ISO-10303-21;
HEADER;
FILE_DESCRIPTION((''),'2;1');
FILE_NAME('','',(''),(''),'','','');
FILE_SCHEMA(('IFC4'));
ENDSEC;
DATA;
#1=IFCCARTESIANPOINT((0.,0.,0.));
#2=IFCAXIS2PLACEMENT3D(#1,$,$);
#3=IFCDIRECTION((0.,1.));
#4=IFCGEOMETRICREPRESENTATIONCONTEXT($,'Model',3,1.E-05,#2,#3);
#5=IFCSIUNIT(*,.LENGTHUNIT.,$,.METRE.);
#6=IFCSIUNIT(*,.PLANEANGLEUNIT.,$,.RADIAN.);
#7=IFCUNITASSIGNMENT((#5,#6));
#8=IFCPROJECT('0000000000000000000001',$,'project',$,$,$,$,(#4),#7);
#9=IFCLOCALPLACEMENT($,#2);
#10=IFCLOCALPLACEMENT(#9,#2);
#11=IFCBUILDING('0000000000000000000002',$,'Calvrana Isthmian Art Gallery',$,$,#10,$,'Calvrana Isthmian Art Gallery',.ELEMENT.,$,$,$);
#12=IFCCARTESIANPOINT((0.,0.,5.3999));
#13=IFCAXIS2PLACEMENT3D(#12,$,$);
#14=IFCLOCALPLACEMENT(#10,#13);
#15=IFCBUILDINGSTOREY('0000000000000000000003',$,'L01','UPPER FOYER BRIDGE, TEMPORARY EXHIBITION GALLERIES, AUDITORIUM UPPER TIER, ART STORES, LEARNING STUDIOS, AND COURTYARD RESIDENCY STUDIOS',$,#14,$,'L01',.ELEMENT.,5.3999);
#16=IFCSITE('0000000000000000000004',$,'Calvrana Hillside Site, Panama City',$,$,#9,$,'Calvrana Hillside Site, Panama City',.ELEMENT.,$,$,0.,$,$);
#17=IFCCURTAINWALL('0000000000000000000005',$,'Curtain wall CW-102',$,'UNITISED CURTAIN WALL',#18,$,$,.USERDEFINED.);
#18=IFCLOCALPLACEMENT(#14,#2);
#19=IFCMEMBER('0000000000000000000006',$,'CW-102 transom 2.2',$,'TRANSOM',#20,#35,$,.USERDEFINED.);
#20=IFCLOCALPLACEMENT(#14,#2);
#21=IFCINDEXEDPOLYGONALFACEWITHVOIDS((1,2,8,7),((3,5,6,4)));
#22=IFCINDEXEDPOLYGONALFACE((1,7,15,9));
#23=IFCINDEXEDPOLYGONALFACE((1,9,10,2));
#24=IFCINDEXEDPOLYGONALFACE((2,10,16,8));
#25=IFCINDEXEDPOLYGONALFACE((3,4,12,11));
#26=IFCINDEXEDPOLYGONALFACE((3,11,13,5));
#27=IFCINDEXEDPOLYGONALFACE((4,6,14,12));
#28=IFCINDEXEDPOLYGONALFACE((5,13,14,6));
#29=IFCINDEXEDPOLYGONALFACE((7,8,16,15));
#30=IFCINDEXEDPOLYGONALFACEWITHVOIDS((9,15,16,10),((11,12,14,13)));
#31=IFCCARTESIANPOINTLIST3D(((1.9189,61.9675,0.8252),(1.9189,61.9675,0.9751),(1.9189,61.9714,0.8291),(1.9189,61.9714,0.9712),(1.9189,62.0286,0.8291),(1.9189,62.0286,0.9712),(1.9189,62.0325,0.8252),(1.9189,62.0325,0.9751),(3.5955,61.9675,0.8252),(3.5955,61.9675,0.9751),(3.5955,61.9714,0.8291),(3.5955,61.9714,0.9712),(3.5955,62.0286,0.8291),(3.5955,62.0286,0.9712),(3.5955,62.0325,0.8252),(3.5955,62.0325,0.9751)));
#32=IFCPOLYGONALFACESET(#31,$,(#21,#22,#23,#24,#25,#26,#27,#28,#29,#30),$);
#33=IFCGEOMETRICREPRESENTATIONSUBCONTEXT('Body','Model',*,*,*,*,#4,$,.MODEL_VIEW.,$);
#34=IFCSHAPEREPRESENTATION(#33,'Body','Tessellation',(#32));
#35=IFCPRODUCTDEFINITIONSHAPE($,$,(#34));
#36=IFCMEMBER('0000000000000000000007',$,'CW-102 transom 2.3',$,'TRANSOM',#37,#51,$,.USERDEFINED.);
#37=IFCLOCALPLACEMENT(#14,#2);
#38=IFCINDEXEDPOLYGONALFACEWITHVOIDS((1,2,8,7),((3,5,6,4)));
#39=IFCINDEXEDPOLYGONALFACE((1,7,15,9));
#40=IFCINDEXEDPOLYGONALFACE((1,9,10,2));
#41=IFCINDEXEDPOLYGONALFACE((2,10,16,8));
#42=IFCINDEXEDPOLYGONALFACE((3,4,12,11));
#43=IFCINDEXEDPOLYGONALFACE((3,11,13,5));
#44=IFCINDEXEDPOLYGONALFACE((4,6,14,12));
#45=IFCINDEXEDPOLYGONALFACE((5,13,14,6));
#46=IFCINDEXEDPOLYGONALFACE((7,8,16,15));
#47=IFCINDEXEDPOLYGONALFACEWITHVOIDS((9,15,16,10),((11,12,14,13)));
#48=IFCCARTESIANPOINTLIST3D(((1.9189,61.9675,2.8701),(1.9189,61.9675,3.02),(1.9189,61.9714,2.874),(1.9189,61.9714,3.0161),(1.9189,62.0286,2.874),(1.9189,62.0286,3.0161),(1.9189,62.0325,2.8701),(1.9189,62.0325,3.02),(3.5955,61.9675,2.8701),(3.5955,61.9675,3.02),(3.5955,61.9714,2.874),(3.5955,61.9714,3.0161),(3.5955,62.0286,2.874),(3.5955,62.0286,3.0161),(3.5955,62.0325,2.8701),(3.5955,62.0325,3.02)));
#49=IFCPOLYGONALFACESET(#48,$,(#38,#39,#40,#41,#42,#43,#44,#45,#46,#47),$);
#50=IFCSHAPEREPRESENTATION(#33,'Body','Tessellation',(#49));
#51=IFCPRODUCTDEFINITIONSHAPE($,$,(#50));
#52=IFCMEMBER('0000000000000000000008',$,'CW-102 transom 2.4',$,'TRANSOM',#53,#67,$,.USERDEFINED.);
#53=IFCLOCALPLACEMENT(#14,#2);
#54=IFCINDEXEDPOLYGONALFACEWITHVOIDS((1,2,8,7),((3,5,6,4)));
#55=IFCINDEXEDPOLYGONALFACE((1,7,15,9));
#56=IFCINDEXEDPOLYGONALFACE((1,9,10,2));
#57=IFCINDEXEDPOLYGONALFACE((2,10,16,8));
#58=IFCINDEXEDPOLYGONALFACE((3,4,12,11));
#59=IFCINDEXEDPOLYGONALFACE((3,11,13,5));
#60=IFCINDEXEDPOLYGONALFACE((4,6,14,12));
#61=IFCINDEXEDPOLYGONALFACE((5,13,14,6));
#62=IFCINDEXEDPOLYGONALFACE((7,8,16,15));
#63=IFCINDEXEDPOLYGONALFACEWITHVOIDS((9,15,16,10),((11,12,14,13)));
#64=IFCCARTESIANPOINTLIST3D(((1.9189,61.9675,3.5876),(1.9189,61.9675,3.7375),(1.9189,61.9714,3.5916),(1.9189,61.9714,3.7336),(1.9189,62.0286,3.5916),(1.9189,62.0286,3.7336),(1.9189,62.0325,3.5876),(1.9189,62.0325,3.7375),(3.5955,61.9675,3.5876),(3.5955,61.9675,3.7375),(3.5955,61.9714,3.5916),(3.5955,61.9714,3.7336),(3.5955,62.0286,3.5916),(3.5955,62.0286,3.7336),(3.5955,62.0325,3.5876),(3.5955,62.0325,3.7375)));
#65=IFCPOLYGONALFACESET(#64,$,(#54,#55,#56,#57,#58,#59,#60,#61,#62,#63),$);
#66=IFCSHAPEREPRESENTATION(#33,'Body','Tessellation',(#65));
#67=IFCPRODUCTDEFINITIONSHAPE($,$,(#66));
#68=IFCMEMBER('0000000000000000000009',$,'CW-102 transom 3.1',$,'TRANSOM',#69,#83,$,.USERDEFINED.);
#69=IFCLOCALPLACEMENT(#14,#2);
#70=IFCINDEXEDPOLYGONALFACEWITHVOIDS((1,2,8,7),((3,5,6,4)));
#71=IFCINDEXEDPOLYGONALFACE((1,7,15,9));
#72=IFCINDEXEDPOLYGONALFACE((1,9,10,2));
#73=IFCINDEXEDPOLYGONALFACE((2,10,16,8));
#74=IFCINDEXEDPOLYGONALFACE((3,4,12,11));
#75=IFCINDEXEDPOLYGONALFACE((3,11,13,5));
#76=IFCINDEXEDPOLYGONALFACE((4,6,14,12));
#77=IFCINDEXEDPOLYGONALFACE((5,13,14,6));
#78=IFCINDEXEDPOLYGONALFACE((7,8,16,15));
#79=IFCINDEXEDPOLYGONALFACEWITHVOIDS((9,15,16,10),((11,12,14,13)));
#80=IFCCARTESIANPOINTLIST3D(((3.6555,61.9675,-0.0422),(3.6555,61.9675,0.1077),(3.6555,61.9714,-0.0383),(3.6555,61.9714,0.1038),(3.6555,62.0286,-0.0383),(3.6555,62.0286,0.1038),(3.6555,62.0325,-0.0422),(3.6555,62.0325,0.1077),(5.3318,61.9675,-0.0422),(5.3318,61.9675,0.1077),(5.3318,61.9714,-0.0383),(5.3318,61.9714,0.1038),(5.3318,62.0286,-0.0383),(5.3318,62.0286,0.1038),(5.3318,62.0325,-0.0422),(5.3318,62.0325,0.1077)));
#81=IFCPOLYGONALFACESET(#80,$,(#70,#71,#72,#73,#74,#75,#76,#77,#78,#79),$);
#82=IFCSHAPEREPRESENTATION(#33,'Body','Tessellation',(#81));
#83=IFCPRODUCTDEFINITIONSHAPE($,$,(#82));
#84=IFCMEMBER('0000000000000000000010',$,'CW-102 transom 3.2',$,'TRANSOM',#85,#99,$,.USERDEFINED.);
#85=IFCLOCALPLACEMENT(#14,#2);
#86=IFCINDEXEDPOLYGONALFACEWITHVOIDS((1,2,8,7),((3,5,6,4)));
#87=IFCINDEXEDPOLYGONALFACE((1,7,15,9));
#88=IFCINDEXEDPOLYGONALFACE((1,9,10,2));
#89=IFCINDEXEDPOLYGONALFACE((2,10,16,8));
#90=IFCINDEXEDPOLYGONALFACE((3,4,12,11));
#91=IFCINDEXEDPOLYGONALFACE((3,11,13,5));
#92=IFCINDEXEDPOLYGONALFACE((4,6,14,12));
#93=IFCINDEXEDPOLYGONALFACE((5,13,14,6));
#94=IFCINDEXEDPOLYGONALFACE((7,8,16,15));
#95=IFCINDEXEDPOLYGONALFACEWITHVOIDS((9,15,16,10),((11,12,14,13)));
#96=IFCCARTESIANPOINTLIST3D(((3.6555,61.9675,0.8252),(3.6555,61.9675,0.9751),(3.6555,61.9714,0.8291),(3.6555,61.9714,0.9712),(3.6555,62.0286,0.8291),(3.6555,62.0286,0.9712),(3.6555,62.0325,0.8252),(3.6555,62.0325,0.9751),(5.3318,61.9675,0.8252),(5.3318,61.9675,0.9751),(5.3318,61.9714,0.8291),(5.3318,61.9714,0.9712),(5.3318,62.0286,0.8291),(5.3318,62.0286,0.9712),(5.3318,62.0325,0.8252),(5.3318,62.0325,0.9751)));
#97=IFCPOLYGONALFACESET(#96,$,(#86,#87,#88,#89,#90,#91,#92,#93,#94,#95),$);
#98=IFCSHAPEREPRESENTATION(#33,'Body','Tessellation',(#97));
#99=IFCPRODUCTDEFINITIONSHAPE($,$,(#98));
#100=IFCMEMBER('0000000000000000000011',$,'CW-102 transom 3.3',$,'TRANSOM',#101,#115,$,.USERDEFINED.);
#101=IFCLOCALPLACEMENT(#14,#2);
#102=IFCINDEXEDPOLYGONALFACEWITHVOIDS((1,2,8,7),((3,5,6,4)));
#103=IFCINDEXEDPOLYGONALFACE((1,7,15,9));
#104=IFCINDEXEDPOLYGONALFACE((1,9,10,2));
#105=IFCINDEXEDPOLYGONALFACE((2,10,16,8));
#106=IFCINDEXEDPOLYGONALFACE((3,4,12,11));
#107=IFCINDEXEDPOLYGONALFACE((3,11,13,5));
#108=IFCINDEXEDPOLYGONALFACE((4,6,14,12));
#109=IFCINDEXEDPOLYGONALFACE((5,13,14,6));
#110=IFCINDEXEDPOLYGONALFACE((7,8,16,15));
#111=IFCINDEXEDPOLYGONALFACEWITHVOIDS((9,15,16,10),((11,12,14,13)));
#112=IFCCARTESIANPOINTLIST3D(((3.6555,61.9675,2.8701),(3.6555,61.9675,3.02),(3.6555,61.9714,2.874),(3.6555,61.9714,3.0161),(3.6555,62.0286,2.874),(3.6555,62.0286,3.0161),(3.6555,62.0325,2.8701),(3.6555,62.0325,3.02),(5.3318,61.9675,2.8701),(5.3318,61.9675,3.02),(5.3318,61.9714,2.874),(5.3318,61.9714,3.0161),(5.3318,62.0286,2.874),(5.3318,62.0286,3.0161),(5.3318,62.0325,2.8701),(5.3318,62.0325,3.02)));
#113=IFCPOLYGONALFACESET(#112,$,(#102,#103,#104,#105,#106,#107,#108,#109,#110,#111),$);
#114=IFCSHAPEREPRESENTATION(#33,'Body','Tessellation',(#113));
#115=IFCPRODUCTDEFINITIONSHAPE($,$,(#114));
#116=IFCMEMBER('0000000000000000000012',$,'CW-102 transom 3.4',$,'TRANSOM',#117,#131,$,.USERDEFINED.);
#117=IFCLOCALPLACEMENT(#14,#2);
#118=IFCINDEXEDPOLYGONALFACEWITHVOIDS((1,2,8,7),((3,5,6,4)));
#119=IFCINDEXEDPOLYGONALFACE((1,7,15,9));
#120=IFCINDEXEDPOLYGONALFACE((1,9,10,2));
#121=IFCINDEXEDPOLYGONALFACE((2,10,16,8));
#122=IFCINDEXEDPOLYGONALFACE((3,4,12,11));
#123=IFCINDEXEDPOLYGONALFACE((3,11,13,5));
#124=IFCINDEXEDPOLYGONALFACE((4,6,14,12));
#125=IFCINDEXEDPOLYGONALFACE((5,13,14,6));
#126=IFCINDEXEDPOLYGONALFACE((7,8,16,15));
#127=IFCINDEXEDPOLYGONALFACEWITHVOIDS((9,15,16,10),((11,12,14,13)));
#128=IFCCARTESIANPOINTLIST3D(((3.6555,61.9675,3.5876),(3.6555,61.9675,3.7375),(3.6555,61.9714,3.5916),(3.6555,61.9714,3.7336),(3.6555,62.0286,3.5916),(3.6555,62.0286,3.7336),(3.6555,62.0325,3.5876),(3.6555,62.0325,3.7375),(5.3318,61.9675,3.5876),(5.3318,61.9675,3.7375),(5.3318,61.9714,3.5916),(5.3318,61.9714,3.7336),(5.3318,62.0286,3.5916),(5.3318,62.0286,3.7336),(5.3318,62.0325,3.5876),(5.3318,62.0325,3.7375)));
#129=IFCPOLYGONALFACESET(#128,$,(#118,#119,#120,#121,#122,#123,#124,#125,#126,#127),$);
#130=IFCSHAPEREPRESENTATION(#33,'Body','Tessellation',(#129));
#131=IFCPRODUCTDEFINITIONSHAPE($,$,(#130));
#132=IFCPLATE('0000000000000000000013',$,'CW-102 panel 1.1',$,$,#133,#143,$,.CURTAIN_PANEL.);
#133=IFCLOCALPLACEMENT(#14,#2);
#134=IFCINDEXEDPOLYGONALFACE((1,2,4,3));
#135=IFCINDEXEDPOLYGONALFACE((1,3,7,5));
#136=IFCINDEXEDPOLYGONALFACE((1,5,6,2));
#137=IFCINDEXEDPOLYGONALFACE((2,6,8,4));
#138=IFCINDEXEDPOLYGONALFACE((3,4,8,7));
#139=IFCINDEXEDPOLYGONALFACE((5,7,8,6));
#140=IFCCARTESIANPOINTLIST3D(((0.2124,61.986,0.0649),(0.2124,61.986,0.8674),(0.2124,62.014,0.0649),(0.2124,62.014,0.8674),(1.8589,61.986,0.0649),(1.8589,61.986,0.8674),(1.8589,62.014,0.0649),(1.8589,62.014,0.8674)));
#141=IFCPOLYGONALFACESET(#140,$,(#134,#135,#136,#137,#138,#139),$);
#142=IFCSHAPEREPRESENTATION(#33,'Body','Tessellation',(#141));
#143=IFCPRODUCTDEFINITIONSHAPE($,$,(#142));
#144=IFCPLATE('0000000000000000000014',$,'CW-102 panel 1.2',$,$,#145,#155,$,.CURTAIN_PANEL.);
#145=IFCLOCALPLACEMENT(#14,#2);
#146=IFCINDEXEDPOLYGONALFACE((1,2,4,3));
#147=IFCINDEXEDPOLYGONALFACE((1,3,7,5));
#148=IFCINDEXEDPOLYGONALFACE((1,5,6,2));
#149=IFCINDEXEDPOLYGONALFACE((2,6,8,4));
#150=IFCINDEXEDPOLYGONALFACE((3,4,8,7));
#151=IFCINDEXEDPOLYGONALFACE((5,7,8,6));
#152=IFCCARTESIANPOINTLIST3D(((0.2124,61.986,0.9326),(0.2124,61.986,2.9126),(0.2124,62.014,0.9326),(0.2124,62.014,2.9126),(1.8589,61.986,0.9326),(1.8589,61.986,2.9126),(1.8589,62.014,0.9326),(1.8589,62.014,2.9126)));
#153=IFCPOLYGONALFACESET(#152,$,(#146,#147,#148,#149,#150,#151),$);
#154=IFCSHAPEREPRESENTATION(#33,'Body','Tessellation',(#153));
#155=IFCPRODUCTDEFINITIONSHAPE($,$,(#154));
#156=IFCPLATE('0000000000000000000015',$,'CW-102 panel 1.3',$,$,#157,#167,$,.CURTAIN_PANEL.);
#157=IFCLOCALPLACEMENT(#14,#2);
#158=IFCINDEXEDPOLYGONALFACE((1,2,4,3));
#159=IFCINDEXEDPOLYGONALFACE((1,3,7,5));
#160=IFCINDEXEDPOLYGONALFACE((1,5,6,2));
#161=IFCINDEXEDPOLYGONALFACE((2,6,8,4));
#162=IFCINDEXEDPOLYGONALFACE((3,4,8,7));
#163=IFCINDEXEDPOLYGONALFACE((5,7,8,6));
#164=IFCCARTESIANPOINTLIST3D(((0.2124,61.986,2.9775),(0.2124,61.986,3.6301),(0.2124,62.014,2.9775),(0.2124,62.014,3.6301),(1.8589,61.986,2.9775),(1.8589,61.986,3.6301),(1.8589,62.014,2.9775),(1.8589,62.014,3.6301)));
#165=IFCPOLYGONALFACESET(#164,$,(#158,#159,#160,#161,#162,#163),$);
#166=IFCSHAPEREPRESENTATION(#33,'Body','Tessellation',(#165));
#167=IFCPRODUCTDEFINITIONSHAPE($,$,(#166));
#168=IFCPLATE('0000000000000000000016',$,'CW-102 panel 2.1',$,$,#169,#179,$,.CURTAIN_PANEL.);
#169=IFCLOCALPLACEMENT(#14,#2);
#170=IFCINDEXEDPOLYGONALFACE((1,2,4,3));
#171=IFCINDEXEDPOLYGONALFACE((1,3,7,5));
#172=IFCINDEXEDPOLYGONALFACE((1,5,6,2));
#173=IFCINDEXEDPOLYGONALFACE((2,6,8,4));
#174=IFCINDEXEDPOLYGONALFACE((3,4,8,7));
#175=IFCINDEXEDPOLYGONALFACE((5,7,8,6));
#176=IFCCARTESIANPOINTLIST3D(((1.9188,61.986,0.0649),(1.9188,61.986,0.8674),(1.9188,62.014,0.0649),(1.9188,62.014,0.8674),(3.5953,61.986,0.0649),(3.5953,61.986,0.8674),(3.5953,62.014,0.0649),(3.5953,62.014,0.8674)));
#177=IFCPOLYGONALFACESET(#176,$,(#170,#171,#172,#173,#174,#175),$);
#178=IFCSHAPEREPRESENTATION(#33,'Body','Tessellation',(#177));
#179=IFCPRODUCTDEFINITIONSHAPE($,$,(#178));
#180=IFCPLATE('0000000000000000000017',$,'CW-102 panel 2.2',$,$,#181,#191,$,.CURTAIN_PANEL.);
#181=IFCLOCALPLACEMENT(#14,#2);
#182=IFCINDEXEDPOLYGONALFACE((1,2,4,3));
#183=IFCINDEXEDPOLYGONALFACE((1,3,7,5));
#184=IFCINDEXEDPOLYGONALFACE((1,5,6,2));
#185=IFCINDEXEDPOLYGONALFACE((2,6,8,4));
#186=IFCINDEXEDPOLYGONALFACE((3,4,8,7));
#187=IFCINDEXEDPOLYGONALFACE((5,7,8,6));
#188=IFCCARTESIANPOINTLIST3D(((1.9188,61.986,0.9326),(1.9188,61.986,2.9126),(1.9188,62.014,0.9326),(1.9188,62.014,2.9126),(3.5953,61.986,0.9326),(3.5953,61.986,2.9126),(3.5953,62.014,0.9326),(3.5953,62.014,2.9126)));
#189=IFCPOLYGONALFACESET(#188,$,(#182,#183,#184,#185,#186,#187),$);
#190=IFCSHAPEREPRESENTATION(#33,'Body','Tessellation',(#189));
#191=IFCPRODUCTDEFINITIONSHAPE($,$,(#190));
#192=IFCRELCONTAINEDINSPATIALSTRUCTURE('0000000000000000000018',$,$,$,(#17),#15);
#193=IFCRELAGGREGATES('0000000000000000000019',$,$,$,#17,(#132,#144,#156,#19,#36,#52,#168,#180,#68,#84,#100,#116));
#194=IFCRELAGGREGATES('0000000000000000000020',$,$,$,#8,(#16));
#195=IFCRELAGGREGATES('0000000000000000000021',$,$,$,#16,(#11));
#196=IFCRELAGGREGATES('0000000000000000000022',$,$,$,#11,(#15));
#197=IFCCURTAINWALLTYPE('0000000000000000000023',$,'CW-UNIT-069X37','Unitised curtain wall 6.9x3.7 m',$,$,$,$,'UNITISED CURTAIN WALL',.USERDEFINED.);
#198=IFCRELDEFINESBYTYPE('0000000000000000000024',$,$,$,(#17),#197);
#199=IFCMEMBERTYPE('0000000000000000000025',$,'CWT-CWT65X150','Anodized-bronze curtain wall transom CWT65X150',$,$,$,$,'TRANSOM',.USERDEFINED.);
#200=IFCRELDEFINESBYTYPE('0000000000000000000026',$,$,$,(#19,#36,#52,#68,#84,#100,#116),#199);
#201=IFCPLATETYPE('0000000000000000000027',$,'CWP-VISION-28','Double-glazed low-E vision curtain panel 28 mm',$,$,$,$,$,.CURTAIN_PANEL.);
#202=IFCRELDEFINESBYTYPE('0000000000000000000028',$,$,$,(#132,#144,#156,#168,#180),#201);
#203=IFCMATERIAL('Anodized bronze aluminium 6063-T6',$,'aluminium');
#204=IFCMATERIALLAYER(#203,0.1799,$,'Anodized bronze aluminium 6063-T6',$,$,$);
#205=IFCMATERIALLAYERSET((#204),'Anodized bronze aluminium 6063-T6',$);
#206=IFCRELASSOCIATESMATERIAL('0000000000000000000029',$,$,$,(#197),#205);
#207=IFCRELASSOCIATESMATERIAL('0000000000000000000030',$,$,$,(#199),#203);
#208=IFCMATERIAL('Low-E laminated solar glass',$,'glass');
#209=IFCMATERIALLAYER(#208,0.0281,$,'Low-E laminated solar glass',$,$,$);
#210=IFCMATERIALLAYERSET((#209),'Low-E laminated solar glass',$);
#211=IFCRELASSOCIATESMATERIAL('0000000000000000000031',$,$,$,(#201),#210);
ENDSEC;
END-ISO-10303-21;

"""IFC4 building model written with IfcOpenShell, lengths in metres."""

from ifc_helpers import new_model, si_unit, direction, frame, origin, origin_2d, place, context, subcontext, project, spatial, rectangle, hollow_rectangle, extrude, material, layer, layer_set, material_profile, profile_set, type_object, element, aggregate, save


model = new_model("IFC4")

# Units and contexts
model_context = context("Model", 3, precision=1e-05, world=origin(), true_north=direction((0.0, 1.0)))
body_context = subcontext(model_context, "Body", "Model", "MODEL_VIEW")
ifc_project = project(units=[si_unit("LENGTHUNIT", "METRE"), si_unit("PLANEANGLEUNIT", "RADIAN")], contexts=[model_context])

# Site, building, storey
site_placement = place(None, origin())
site = spatial("IfcSite", under=ifc_project, at=site_placement, Name="Calvrana Hillside Site, Panama City", LongName="Calvrana Hillside Site, Panama City", CompositionType="ELEMENT", RefElevation=0.0)
building_placement = place(site_placement, origin())
building = spatial("IfcBuilding", under=site, at=building_placement, Name="Calvrana Isthmian Art Gallery", LongName="Calvrana Isthmian Art Gallery", CompositionType="ELEMENT")
storey_placement = place(building_placement, frame((0.0, 0.0, 5.3999)))
storey = spatial("IfcBuildingStorey", under=building, at=storey_placement, Name="L01", Description="UPPER FOYER BRIDGE, TEMPORARY EXHIBITION GALLERIES, AUDITORIUM UPPER TIER, ART STORES, LEARNING STUDIOS, AND COURTYARD RESIDENCY STUDIOS", LongName="L01", CompositionType="ELEMENT", Elevation=5.3999)

# Curtain wall, members, plates
ifc_material_1 = material(Name="Anodized bronze aluminium 6063-T6", Category="aluminium")
ifc_layer_1 = layer(ifc_material_1, 0.1799, Name="Anodized bronze aluminium 6063-T6")
ifc_layer_set_1 = layer_set([ifc_layer_1], Name="Anodized bronze aluminium 6063-T6")
curtain_wall_type = type_object("IfcCurtainWallType", Name="CW-UNIT-069X37", Description="Unitised curtain wall 6.9x3.7 m", ElementType="UNITISED CURTAIN WALL", PredefinedType="USERDEFINED", material=ifc_layer_set_1)
curtain_wall_placement = place(storey_placement, origin())
curtain_wall = element("IfcCurtainWall", 1, at=curtain_wall_placement, inside=storey, type_object=curtain_wall_type, Name="Curtain wall CW-102", ObjectType="UNITISED CURTAIN WALL", PredefinedType="USERDEFINED")
ifc_material_profile_1 = material_profile(ifc_material_1, hollow_rectangle(XDim=0.0649, YDim=0.1499, WallThickness=0.0039, at=origin_2d()), Name="CWT65X150")
ifc_profile_set_1 = profile_set([ifc_material_profile_1], Name="Anodized bronze aluminium 6063-T6")
member_type_1 = type_object("IfcMemberType", Name="CWT-CWT65X150", Description="Anodized-bronze curtain wall transom CWT65X150", ElementType="TRANSOM", PredefinedType="USERDEFINED", material=ifc_profile_set_1)
member_1_placement = place(storey_placement, frame((1.9189, 62.0, 0.9001), z_axis=(1.0, 0.0, 0.0), x_axis=(0.0, 1.0, 0.0)))
member_1 = element("IfcMember", 2, at=member_1_placement, type_object=member_type_1, Name="CW-102 transom 2.2", ObjectType="TRANSOM", PredefinedType="USERDEFINED", context=body_context, shape_type="SweptSolid", body=[
    extrude(hollow_rectangle(XDim=0.0649, YDim=0.1499, WallThickness=0.0039, at=origin_2d()), origin(), (0.0, 0.0, 1.0), 1.6765),
])
member_2_placement = place(storey_placement, frame((1.9189, 62.0, 2.9451), z_axis=(1.0, 0.0, 0.0), x_axis=(0.0, 1.0, 0.0)))
member_2 = element("IfcMember", 3, at=member_2_placement, type_object=member_type_1, Name="CW-102 transom 2.3", ObjectType="TRANSOM", PredefinedType="USERDEFINED", context=body_context, shape_type="SweptSolid", body=[
    extrude(hollow_rectangle(XDim=0.0649, YDim=0.1499, WallThickness=0.0039, at=origin_2d()), origin(), (0.0, 0.0, 1.0), 1.6765),
])
member_3_placement = place(storey_placement, frame((1.9189, 62.0, 3.6626), z_axis=(1.0, 0.0, 0.0), x_axis=(0.0, 1.0, 0.0)))
member_3 = element("IfcMember", 4, at=member_3_placement, type_object=member_type_1, Name="CW-102 transom 2.4", ObjectType="TRANSOM", PredefinedType="USERDEFINED", context=body_context, shape_type="SweptSolid", body=[
    extrude(hollow_rectangle(XDim=0.0649, YDim=0.1499, WallThickness=0.0039, at=origin_2d()), origin(), (0.0, 0.0, 1.0), 1.6765),
])
member_4_placement = place(storey_placement, frame((3.6555, 62.0, 0.0327), z_axis=(1.0, 0.0, 0.0), x_axis=(0.0, 1.0, 0.0)))
member_4 = element("IfcMember", 5, at=member_4_placement, type_object=member_type_1, Name="CW-102 transom 3.1", ObjectType="TRANSOM", PredefinedType="USERDEFINED", context=body_context, shape_type="SweptSolid", body=[
    extrude(hollow_rectangle(XDim=0.0649, YDim=0.1499, WallThickness=0.0039, at=origin_2d()), origin(), (0.0, 0.0, 1.0), 1.6763),
])
member_5_placement = place(storey_placement, frame((3.6555, 62.0, 0.9001), z_axis=(1.0, 0.0, 0.0), x_axis=(0.0, 1.0, 0.0)))
member_5 = element("IfcMember", 6, at=member_5_placement, type_object=member_type_1, Name="CW-102 transom 3.2", ObjectType="TRANSOM", PredefinedType="USERDEFINED", context=body_context, shape_type="SweptSolid", body=[
    extrude(hollow_rectangle(XDim=0.0649, YDim=0.1499, WallThickness=0.0039, at=origin_2d()), origin(), (0.0, 0.0, 1.0), 1.6763),
])
member_6_placement = place(storey_placement, frame((3.6555, 62.0, 2.9451), z_axis=(1.0, 0.0, 0.0), x_axis=(0.0, 1.0, 0.0)))
member_6 = element("IfcMember", 7, at=member_6_placement, type_object=member_type_1, Name="CW-102 transom 3.3", ObjectType="TRANSOM", PredefinedType="USERDEFINED", context=body_context, shape_type="SweptSolid", body=[
    extrude(hollow_rectangle(XDim=0.0649, YDim=0.1499, WallThickness=0.0039, at=origin_2d()), origin(), (0.0, 0.0, 1.0), 1.6763),
])
member_7_placement = place(storey_placement, frame((3.6555, 62.0, 3.6626), z_axis=(1.0, 0.0, 0.0), x_axis=(0.0, 1.0, 0.0)))
member_7 = element("IfcMember", 8, at=member_7_placement, type_object=member_type_1, Name="CW-102 transom 3.4", ObjectType="TRANSOM", PredefinedType="USERDEFINED", context=body_context, shape_type="SweptSolid", body=[
    extrude(hollow_rectangle(XDim=0.0649, YDim=0.1499, WallThickness=0.0039, at=origin_2d()), origin(), (0.0, 0.0, 1.0), 1.6763),
])
ifc_material_2 = material(Name="Low-E laminated solar glass", Category="glass")
ifc_layer_2 = layer(ifc_material_2, 0.0281, Name="Low-E laminated solar glass")
ifc_layer_set_2 = layer_set([ifc_layer_2], Name="Low-E laminated solar glass")
plate_type = type_object("IfcPlateType", Name="CWP-VISION-28", Description="Double-glazed low-E vision curtain panel 28 mm", PredefinedType="CURTAIN_PANEL", material=ifc_layer_set_2)
plate_1_placement = place(storey_placement, frame((1.0356, 62.0, 0.0649), z_axis=(0.0, 0.0, 1.0), x_axis=(1.0, 0.0, 0.0)))
plate_1 = element("IfcPlate", 9, at=plate_1_placement, type_object=plate_type, Name="CW-102 panel 1.1", PredefinedType="CURTAIN_PANEL", context=body_context, shape_type="SweptSolid", body=[
    extrude(rectangle(XDim=1.6465, YDim=0.0281, at=origin_2d()), origin(), (0.0, 0.0, 1.0), 0.8025),
])
plate_2_placement = place(storey_placement, frame((1.0356, 62.0, 0.9326), z_axis=(0.0, 0.0, 1.0), x_axis=(1.0, 0.0, 0.0)))
plate_2 = element("IfcPlate", 10, at=plate_2_placement, type_object=plate_type, Name="CW-102 panel 1.2", PredefinedType="CURTAIN_PANEL", context=body_context, shape_type="SweptSolid", body=[
    extrude(rectangle(XDim=1.6465, YDim=0.0281, at=origin_2d()), origin(), (0.0, 0.0, 1.0), 1.98),
])
plate_3_placement = place(storey_placement, frame((1.0356, 62.0, 2.9775), z_axis=(0.0, 0.0, 1.0), x_axis=(1.0, 0.0, 0.0)))
plate_3 = element("IfcPlate", 11, at=plate_3_placement, type_object=plate_type, Name="CW-102 panel 1.3", PredefinedType="CURTAIN_PANEL", context=body_context, shape_type="SweptSolid", body=[
    extrude(rectangle(XDim=1.6465, YDim=0.0281, at=origin_2d()), origin(), (0.0, 0.0, 1.0), 0.6526),
])
plate_4_placement = place(storey_placement, frame((2.7571, 62.0, 0.0649), z_axis=(0.0, 0.0, 1.0), x_axis=(1.0, 0.0, 0.0)))
plate_4 = element("IfcPlate", 12, at=plate_4_placement, type_object=plate_type, Name="CW-102 panel 2.1", PredefinedType="CURTAIN_PANEL", context=body_context, shape_type="SweptSolid", body=[
    extrude(rectangle(XDim=1.6765, YDim=0.0281, at=origin_2d()), origin(), (0.0, 0.0, 1.0), 0.8025),
])
plate_5_placement = place(storey_placement, frame((2.7571, 62.0, 0.9326), z_axis=(0.0, 0.0, 1.0), x_axis=(1.0, 0.0, 0.0)))
plate_5 = element("IfcPlate", 13, at=plate_5_placement, type_object=plate_type, Name="CW-102 panel 2.2", PredefinedType="CURTAIN_PANEL", context=body_context, shape_type="SweptSolid", body=[
    extrude(rectangle(XDim=1.6765, YDim=0.0281, at=origin_2d()), origin(), (0.0, 0.0, 1.0), 1.98),
])
aggregate(curtain_wall, [plate_1, plate_2, plate_3, member_1, member_2, member_3, plate_4, plate_5, member_4, member_5, member_6, member_7])

save(model, "model.ifc")
